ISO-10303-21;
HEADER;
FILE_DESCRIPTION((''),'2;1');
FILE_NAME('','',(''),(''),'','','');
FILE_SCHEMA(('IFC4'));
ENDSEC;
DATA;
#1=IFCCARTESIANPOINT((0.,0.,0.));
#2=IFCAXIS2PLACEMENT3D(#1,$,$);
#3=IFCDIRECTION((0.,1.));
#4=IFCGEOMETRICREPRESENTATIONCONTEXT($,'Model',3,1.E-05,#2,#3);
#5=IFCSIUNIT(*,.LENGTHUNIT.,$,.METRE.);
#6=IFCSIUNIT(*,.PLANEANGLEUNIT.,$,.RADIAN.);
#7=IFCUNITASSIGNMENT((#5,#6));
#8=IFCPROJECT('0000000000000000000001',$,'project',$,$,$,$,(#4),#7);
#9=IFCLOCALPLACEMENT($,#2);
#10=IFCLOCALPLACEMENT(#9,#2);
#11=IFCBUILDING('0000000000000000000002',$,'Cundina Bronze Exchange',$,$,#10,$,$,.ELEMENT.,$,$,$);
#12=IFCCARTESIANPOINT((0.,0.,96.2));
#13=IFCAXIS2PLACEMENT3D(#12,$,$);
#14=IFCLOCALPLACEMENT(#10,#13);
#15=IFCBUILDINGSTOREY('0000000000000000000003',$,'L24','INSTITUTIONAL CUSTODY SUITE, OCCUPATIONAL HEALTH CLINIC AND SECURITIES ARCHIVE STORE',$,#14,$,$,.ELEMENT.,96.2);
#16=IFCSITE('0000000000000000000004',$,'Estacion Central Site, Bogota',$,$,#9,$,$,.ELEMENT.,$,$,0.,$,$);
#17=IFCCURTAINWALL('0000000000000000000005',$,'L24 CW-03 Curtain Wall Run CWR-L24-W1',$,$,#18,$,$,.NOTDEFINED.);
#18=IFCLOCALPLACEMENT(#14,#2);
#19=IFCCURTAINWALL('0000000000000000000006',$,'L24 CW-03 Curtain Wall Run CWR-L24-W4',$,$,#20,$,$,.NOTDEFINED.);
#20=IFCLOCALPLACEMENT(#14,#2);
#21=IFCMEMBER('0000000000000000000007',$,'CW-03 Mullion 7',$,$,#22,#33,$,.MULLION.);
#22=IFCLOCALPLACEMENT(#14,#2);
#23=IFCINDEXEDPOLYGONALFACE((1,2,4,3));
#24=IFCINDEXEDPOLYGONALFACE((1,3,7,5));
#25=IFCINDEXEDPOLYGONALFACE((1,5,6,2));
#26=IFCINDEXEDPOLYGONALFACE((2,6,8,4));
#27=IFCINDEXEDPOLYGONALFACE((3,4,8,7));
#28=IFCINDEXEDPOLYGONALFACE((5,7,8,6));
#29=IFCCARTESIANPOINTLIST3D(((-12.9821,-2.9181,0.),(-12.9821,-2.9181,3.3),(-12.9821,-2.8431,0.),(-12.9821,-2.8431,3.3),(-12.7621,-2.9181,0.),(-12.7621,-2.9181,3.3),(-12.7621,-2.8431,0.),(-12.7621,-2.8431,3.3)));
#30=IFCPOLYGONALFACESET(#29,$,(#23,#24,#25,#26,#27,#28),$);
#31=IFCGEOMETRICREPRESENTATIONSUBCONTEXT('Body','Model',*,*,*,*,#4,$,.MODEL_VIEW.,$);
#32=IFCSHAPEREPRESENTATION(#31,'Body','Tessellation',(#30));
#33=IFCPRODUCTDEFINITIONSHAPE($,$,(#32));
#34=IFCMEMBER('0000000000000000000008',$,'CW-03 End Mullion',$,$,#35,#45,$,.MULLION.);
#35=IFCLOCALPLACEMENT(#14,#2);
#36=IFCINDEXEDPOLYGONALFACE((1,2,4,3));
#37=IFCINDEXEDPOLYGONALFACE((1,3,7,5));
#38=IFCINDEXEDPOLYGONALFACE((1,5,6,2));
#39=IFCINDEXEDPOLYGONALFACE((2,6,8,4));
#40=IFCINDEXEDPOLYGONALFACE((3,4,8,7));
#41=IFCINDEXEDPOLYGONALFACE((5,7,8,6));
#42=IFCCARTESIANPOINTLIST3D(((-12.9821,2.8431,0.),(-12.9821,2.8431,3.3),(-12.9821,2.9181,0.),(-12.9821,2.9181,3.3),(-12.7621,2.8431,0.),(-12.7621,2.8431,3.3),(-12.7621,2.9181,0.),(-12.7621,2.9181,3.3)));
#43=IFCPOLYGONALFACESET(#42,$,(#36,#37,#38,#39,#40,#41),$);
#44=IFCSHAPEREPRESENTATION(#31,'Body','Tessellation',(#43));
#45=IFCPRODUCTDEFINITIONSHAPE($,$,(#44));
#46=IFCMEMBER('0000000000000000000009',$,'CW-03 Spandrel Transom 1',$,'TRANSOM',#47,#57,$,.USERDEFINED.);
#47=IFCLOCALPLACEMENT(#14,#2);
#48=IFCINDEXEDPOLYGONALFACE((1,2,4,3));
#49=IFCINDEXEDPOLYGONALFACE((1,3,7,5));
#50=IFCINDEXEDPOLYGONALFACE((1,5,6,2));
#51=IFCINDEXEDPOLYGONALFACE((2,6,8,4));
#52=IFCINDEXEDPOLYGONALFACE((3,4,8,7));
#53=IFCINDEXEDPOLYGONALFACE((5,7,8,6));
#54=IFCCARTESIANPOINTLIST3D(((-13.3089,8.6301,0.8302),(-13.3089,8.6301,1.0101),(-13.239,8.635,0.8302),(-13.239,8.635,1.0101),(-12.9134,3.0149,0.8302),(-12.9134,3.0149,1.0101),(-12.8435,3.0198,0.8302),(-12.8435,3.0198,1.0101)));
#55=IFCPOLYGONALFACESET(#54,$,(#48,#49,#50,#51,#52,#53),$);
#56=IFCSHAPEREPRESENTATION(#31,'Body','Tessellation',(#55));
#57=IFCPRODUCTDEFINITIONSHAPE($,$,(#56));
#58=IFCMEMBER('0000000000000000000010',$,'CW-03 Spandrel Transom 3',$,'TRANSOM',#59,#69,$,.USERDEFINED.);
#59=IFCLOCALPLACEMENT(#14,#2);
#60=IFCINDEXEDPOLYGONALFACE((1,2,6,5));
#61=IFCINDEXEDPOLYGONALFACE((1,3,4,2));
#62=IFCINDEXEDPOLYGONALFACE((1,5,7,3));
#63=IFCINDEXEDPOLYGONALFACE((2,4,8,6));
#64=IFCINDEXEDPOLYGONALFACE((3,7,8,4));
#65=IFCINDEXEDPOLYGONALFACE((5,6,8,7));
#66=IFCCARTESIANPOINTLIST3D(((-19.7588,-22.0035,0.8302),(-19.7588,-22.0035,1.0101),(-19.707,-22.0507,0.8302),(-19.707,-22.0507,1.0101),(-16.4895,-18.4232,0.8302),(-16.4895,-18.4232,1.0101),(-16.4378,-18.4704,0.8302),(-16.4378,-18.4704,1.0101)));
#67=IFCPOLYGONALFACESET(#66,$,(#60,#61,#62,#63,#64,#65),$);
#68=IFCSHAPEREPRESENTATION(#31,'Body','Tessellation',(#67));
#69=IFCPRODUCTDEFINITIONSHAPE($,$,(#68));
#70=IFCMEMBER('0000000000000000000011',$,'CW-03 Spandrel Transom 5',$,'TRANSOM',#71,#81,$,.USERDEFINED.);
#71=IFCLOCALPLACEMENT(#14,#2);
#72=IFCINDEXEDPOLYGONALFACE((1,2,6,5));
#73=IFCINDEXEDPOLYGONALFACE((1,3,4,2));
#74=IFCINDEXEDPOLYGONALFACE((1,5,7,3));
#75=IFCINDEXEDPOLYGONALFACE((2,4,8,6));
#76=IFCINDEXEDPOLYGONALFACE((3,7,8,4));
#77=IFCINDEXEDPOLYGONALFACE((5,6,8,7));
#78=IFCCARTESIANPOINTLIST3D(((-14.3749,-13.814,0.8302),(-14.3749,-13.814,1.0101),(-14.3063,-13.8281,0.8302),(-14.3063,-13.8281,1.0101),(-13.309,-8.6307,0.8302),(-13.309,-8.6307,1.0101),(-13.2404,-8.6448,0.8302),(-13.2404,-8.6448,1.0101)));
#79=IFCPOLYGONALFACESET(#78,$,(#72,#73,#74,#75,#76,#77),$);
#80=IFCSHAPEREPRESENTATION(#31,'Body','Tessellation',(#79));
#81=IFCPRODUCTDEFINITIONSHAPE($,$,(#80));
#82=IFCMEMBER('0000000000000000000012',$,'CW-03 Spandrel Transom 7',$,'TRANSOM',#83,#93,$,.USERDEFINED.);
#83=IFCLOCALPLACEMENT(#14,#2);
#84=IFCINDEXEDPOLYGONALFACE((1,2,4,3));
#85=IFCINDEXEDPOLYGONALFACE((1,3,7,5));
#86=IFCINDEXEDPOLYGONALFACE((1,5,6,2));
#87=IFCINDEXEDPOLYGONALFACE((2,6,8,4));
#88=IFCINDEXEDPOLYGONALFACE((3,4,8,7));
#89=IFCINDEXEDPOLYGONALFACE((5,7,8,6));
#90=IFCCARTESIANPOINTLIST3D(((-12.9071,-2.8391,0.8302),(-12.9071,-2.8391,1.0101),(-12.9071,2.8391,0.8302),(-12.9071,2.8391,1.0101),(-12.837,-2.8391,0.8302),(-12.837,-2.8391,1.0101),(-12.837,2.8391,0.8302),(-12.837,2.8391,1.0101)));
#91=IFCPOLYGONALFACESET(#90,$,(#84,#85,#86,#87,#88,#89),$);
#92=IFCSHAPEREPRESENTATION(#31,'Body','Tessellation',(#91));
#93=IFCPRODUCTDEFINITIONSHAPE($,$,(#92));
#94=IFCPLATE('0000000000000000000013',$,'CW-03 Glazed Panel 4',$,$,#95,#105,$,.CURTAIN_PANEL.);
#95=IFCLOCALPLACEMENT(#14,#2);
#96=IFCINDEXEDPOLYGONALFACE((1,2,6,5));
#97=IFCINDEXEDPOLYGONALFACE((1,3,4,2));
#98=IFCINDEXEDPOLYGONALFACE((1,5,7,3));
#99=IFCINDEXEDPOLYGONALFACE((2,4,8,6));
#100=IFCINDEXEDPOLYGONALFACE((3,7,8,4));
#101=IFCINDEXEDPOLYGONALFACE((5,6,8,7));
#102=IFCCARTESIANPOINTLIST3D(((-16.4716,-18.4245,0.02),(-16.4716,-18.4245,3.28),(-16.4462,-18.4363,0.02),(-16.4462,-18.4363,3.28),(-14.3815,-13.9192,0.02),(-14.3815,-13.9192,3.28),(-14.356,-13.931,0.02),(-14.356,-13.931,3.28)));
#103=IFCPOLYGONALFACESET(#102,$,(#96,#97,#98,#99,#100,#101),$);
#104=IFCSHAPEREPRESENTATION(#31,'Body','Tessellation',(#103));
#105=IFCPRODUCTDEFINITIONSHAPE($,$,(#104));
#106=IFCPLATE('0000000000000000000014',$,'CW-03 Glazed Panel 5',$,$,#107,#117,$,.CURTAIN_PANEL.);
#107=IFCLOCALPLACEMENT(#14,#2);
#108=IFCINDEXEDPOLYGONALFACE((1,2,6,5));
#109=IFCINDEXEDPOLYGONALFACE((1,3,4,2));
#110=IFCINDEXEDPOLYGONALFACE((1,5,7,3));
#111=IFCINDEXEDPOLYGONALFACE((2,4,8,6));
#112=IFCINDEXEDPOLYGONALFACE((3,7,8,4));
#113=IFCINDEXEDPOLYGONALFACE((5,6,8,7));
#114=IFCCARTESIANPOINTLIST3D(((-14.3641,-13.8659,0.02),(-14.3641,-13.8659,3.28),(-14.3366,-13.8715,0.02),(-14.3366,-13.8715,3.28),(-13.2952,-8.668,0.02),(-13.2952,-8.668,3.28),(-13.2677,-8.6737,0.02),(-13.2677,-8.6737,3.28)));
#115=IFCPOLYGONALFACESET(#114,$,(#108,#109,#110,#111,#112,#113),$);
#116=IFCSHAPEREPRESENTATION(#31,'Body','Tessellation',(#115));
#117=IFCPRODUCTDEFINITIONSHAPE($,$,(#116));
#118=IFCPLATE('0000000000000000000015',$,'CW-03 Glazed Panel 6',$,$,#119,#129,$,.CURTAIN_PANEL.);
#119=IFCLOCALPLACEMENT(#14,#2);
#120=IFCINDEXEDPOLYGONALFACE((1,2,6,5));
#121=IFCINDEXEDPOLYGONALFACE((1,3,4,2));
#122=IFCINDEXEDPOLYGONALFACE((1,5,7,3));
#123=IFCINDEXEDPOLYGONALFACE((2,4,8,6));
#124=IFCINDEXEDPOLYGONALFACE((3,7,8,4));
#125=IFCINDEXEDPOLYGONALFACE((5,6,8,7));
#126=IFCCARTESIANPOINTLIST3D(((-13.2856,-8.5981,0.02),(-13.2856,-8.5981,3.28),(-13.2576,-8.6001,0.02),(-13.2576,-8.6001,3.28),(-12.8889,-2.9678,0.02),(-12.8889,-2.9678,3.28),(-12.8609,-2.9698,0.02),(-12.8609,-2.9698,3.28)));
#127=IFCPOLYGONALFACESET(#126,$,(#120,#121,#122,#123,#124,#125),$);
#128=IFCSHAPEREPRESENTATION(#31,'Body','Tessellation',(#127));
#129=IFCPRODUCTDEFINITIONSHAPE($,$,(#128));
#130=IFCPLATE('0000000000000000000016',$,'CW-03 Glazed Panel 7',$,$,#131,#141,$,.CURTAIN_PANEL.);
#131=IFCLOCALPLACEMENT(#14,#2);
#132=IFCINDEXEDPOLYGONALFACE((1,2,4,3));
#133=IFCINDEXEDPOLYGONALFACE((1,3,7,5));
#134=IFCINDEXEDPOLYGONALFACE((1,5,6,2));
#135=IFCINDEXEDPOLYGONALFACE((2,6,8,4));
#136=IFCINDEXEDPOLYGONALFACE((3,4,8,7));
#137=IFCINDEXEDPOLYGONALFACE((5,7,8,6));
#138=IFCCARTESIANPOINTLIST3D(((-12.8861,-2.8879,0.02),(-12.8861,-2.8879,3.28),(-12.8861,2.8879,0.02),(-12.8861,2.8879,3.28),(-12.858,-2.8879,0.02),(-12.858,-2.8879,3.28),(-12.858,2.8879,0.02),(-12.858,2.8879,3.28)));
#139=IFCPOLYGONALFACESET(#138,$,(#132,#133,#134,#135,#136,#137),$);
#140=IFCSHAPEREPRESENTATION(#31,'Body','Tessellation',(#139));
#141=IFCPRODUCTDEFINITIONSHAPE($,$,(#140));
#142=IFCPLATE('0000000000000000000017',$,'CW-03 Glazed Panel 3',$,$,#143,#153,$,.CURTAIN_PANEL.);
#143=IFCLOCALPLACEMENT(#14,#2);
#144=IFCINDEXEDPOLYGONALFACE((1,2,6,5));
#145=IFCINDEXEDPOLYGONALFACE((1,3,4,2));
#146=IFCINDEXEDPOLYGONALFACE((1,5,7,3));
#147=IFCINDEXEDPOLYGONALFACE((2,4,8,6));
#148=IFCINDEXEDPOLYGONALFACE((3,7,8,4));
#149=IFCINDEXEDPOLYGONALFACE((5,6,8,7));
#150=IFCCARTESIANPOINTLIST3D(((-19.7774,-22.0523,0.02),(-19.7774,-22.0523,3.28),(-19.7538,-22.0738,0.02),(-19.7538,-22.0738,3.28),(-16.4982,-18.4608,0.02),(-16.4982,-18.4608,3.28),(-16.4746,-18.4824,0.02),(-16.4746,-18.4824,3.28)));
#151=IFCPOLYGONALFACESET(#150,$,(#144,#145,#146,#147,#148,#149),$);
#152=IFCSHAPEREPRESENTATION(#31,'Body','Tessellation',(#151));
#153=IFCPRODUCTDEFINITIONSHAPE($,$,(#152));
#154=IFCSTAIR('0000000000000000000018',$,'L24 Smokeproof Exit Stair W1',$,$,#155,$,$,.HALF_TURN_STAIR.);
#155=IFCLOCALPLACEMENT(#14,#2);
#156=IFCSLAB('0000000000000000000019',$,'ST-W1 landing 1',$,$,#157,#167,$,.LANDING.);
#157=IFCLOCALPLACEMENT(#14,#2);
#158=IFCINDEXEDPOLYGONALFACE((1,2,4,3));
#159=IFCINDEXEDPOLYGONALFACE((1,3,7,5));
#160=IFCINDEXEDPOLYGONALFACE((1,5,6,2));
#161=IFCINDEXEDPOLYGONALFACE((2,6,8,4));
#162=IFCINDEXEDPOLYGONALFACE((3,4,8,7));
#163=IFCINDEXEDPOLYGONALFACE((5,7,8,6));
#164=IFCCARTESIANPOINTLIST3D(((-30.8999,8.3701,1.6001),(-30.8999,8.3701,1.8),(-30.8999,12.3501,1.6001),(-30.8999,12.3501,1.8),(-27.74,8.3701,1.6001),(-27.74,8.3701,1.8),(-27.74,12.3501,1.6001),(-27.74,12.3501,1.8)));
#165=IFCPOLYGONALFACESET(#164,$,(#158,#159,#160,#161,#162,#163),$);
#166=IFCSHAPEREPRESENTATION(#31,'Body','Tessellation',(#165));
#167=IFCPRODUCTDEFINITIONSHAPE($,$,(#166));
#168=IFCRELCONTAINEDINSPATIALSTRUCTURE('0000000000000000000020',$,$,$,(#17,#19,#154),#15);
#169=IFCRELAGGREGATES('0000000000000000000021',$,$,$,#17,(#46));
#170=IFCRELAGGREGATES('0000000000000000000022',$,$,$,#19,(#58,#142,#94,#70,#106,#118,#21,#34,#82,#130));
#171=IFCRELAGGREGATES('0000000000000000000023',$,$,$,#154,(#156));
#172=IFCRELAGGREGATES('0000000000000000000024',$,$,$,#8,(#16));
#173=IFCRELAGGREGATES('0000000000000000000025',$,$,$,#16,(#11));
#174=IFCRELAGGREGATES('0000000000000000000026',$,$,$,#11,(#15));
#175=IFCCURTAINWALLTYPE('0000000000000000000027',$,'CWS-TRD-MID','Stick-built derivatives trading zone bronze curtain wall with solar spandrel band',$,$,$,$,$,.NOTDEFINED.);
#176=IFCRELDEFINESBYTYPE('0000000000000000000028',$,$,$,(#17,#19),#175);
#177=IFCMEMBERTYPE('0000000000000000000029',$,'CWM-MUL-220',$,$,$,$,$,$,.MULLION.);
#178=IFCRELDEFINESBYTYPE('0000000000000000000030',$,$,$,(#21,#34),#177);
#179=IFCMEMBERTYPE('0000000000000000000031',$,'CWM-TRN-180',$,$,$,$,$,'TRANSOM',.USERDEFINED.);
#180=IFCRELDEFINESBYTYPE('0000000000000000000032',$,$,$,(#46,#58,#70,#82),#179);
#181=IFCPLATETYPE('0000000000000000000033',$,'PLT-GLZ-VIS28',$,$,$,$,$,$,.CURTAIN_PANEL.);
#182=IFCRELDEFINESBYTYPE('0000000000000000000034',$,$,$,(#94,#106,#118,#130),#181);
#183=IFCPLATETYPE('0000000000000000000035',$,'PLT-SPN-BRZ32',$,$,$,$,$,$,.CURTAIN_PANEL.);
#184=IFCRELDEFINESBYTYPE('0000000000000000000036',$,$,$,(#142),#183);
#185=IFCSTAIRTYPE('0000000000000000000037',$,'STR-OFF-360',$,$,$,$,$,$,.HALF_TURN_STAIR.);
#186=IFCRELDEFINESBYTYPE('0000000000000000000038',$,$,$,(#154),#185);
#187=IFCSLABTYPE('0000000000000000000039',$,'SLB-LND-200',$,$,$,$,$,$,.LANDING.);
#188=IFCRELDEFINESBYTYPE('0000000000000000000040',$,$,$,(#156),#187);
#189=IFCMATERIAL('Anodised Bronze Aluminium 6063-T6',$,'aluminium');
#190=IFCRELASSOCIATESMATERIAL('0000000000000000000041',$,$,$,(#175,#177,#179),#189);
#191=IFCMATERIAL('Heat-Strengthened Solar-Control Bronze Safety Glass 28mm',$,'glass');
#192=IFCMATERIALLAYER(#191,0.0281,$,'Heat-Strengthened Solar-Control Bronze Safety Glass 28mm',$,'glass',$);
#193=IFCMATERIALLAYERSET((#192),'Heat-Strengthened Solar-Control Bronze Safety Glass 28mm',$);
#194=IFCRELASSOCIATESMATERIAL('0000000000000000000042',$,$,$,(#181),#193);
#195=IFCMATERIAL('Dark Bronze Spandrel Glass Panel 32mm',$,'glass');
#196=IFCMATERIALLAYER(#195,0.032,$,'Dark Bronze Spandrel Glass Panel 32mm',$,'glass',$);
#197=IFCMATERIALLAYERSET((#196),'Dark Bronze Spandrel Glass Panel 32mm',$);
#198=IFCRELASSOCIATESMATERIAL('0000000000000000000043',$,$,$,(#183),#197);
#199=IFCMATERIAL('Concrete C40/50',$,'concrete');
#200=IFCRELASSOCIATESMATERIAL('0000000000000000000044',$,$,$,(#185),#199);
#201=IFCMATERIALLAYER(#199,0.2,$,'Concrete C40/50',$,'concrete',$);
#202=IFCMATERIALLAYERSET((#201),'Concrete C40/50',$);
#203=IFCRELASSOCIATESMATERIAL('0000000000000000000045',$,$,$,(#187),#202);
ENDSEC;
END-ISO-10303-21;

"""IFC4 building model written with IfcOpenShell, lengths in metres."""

from ifc_helpers import new_model, si_unit, direction, frame, origin, origin_2d, place, context, subcontext, project, spatial, polyline, rectangle, outline, extrude, material, layer, layer_set, material_profile, profile_set, type_object, element, aggregate, save


model = new_model("IFC4")

# Units and contexts
model_context = context("Model", 3, precision=1e-05, world=origin(), true_north=direction((0.0, 1.0)))
body_context = subcontext(model_context, "Body", "Model", "MODEL_VIEW")
ifc_project = project(units=[si_unit("LENGTHUNIT", "METRE"), si_unit("PLANEANGLEUNIT", "RADIAN")], contexts=[model_context])

# Site, building, storey
site_placement = place(None, origin())
site = spatial("IfcSite", under=ifc_project, at=site_placement, Name="Estacion Central Site, Bogota", CompositionType="ELEMENT", RefElevation=0.0)
building_placement = place(site_placement, origin())
building = spatial("IfcBuilding", under=site, at=building_placement, Name="Cundina Bronze Exchange", CompositionType="ELEMENT")
storey_placement = place(building_placement, frame((0.0, 0.0, 96.2)))
storey = spatial("IfcBuildingStorey", under=building, at=storey_placement, Name="L24", Description="INSTITUTIONAL CUSTODY SUITE, OCCUPATIONAL HEALTH CLINIC AND SECURITIES ARCHIVE STORE", CompositionType="ELEMENT", Elevation=96.2)

# Curtain wall
ifc_material_1 = material(Name="Anodised Bronze Aluminium 6063-T6", Category="aluminium")
curtain_wall_type = type_object("IfcCurtainWallType", Name="CWS-TRD-MID", Description="Stick-built derivatives trading zone bronze curtain wall with solar spandrel band", PredefinedType="NOTDEFINED", material=ifc_material_1)
curtain_wall_1_placement = place(storey_placement, origin())
curtain_wall_1 = element("IfcCurtainWall", 1, at=curtain_wall_1_placement, inside=storey, type_object=curtain_wall_type, Name="L24 CW-03 Curtain Wall Run CWR-L24-W1", PredefinedType="NOTDEFINED")
ifc_material_profile_1 = material_profile(ifc_material_1, rectangle(XDim=0.075, YDim=0.22, at=origin_2d()), Name="AL75X220", Category="aluminium")
ifc_profile_set_1 = profile_set([ifc_material_profile_1], Name="Anodised Bronze Aluminium 6063-T6")
member_type_1 = type_object("IfcMemberType", Name="CWM-MUL-220", PredefinedType="MULLION", material=ifc_profile_set_1)

# Curtain wall, members
curtain_wall_2_placement = place(storey_placement, origin())
curtain_wall_2 = element("IfcCurtainWall", 2, at=curtain_wall_2_placement, inside=storey, type_object=curtain_wall_type, Name="L24 CW-03 Curtain Wall Run CWR-L24-W4", PredefinedType="NOTDEFINED")
member_1_placement = place(storey_placement, frame((-12.8721, -2.8806, 0.0), z_axis=(0.0, 0.0, 1.0), x_axis=(0.0, 1.0, 0.0)))
member_1 = element("IfcMember", 3, at=member_1_placement, type_object=member_type_1, Name="CW-03 Mullion 7", PredefinedType="MULLION", context=body_context, shape_type="SweptSolid", body=[
    extrude(rectangle(XDim=0.075, YDim=0.22, at=origin_2d()), origin(), (0.0, 0.0, 1.0), 3.3),
])
member_2_placement = place(storey_placement, frame((-12.8721, 2.8806, 0.0), z_axis=(0.0, 0.0, 1.0), x_axis=(0.0, 1.0, 0.0)))
member_2 = element("IfcMember", 4, at=member_2_placement, type_object=member_type_1, Name="CW-03 End Mullion", PredefinedType="MULLION", context=body_context, shape_type="SweptSolid", body=[
    extrude(rectangle(XDim=0.075, YDim=0.22, at=origin_2d()), origin(), (0.0, 0.0, 1.0), 3.3),
])

# Members
ifc_material_profile_2 = material_profile(ifc_material_1, rectangle(XDim=0.0701, YDim=0.1799, at=origin_2d()), Name="AL70X180", Category="aluminium")
ifc_profile_set_2 = profile_set([ifc_material_profile_2], Name="Anodised Bronze Aluminium 6063-T6")
member_type_2 = type_object("IfcMemberType", Name="CWM-TRN-180", ElementType="TRANSOM", PredefinedType="USERDEFINED", material=ifc_profile_set_2)
member_3_placement = place(storey_placement, frame((-12.8784, 3.0173, 0.9202), z_axis=(-0.070261, 0.997529, 0.0), x_axis=(-0.997529, -0.070261, 0.0)))
member_3 = element("IfcMember", 5, at=member_3_placement, type_object=member_type_2, Name="CW-03 Spandrel Transom 1", ObjectType="TRANSOM", PredefinedType="USERDEFINED", context=body_context, shape_type="SweptSolid", body=[
    extrude(rectangle(XDim=0.0701, YDim=0.1799, at=origin_2d()), origin(), (0.0, 0.0, 1.0), 5.6292),
])
aggregate(curtain_wall_1, [member_3])
member_4_placement = place(storey_placement, frame((-19.7329, -22.0271, 0.9202), z_axis=(0.674303, 0.738455, 0.0), x_axis=(-0.738455, 0.674303, 0.0)))
member_4 = element("IfcMember", 6, at=member_4_placement, type_object=member_type_2, Name="CW-03 Spandrel Transom 3", ObjectType="TRANSOM", PredefinedType="USERDEFINED", context=body_context, shape_type="SweptSolid", body=[
    extrude(rectangle(XDim=0.0701, YDim=0.1799, at=origin_2d()), origin(), (0.0, 0.0, 1.0), 4.8484),
])
member_5_placement = place(storey_placement, frame((-14.3406, -13.821, 0.9202), z_axis=(0.201428, 0.979503, 0.0), x_axis=(-0.979503, 0.201428, 0.0)))
member_5 = element("IfcMember", 7, at=member_5_placement, type_object=member_type_2, Name="CW-03 Spandrel Transom 5", ObjectType="TRANSOM", PredefinedType="USERDEFINED", context=body_context, shape_type="SweptSolid", body=[
    extrude(rectangle(XDim=0.0701, YDim=0.1799, at=origin_2d()), origin(), (0.0, 0.0, 1.0), 5.2917),
])
member_6_placement = place(storey_placement, frame((-12.8721, -2.8391, 0.9202), z_axis=(0.0, 1.0, 0.0), x_axis=(-1.0, 0.0, 0.0)))
member_6 = element("IfcMember", 8, at=member_6_placement, type_object=member_type_2, Name="CW-03 Spandrel Transom 7", ObjectType="TRANSOM", PredefinedType="USERDEFINED", context=body_context, shape_type="SweptSolid", body=[
    extrude(rectangle(XDim=0.0701, YDim=0.1799, at=origin_2d()), origin(), (0.0, 0.0, 1.0), 5.6782),
])

# Plates
ifc_material_2 = material(Name="Heat-Strengthened Solar-Control Bronze Safety Glass 28mm", Category="glass")
ifc_layer_1 = layer(ifc_material_2, 0.0281, Name="Heat-Strengthened Solar-Control Bronze Safety Glass 28mm", Category="glass")
ifc_layer_set_1 = layer_set([ifc_layer_1], Name="Heat-Strengthened Solar-Control Bronze Safety Glass 28mm")
plate_type_1 = type_object("IfcPlateType", Name="PLT-GLZ-VIS28", PredefinedType="CURTAIN_PANEL", material=ifc_layer_set_1)
plate_1_placement = place(storey_placement, frame((-15.4138, -16.1777, 0.02), z_axis=(0.0, 0.0, 1.0), x_axis=(0.420846, 0.907132, 0.0)))
plate_1 = element("IfcPlate", 9, at=plate_1_placement, type_object=plate_type_1, Name="CW-03 Glazed Panel 4", PredefinedType="CURTAIN_PANEL", context=body_context, shape_type="SweptSolid", body=[
    extrude(rectangle(XDim=4.9666, YDim=0.0281, at=origin_2d()), origin(), (0.0, 0.0, 1.0), 3.26),
])
plate_2_placement = place(storey_placement, frame((-13.8159, -11.2698, 0.02), z_axis=(0.0, 0.0, 1.0), x_axis=(0.20142, 0.979505, 0.0)))
plate_2 = element("IfcPlate", 10, at=plate_2_placement, type_object=plate_type_1, Name="CW-03 Glazed Panel 5", PredefinedType="CURTAIN_PANEL", context=body_context, shape_type="SweptSolid", body=[
    extrude(rectangle(XDim=5.3066, YDim=0.0281, at=origin_2d()), origin(), (0.0, 0.0, 1.0), 3.26),
])
plate_3_placement = place(storey_placement, frame((-13.0732, -5.7839, 0.02), z_axis=(0.0, 0.0, 1.0), x_axis=(0.070279, 0.997527, 0.0)))
plate_3 = element("IfcPlate", 11, at=plate_3_placement, type_object=plate_type_1, Name="CW-03 Glazed Panel 6", PredefinedType="CURTAIN_PANEL", context=body_context, shape_type="SweptSolid", body=[
    extrude(rectangle(XDim=5.6443, YDim=0.0281, at=origin_2d()), origin(), (0.0, 0.0, 1.0), 3.26),
])
plate_4_placement = place(storey_placement, frame((-12.8721, 0.0, 0.02), z_axis=(0.0, 0.0, 1.0), x_axis=(0.0, 1.0, 0.0)))
plate_4 = element("IfcPlate", 12, at=plate_4_placement, type_object=plate_type_1, Name="CW-03 Glazed Panel 7", PredefinedType="CURTAIN_PANEL", context=body_context, shape_type="SweptSolid", body=[
    extrude(rectangle(XDim=5.7759, YDim=0.0281, at=origin_2d()), origin(), (0.0, 0.0, 1.0), 3.26),
])
ifc_material_3 = material(Name="Dark Bronze Spandrel Glass Panel 32mm", Category="glass")
ifc_layer_2 = layer(ifc_material_3, 0.032, Name="Dark Bronze Spandrel Glass Panel 32mm", Category="glass")
ifc_layer_set_2 = layer_set([ifc_layer_2], Name="Dark Bronze Spandrel Glass Panel 32mm")
plate_type_2 = type_object("IfcPlateType", Name="PLT-SPN-BRZ32", PredefinedType="CURTAIN_PANEL", material=ifc_layer_set_2)
plate_5_placement = place(storey_placement, frame((-18.126, -20.2673, 0.02), z_axis=(0.0, 0.0, 1.0), x_axis=(0.674277, 0.738479, 0.0)))
plate_5 = element("IfcPlate", 13, at=plate_5_placement, type_object=plate_type_2, Name="CW-03 Glazed Panel 3", PredefinedType="CURTAIN_PANEL", context=body_context, shape_type="SweptSolid", body=[
    extrude(rectangle(XDim=4.8633, YDim=0.032, at=origin_2d()), origin(), (0.0, 0.0, 1.0), 3.26),
])
aggregate(curtain_wall_2, [member_4, plate_5, plate_1, member_5, plate_2, plate_3, member_1, member_2, member_6, plate_4])

# Stair, slab
ifc_material_4 = material(Name="Concrete C40/50", Category="concrete")
stair_type = type_object("IfcStairType", Name="STR-OFF-360", PredefinedType="HALF_TURN_STAIR", material=ifc_material_4)
stair_placement = place(storey_placement, origin())
stair = element("IfcStair", 14, at=stair_placement, inside=storey, type_object=stair_type, Name="L24 Smokeproof Exit Stair W1", PredefinedType="HALF_TURN_STAIR")
ifc_layer_3 = layer(ifc_material_4, 0.2, Name="Concrete C40/50", Category="concrete")
ifc_layer_set_3 = layer_set([ifc_layer_3], Name="Concrete C40/50")
slab_type_1 = type_object("IfcSlabType", Name="SLB-LND-200", PredefinedType="LANDING", material=ifc_layer_set_3)
slab_1_placement = place(storey_placement, frame((0.0, 0.0, 1.6001)))
slab_1 = element("IfcSlab", 15, at=slab_1_placement, type_object=slab_type_1, Name="ST-W1 landing 1", PredefinedType="LANDING", context=body_context, shape_type="SweptSolid", body=[
    extrude(outline(polyline([(-27.74, 8.3701), (-27.74, 12.3501), (-30.8999, 12.3501), (-30.8999, 8.3701), (-27.74, 8.3701)])), origin(), (0.0, 0.0, 1.0), 0.2),
])
aggregate(stair, [slab_1])

save(model, "model.ifc")
